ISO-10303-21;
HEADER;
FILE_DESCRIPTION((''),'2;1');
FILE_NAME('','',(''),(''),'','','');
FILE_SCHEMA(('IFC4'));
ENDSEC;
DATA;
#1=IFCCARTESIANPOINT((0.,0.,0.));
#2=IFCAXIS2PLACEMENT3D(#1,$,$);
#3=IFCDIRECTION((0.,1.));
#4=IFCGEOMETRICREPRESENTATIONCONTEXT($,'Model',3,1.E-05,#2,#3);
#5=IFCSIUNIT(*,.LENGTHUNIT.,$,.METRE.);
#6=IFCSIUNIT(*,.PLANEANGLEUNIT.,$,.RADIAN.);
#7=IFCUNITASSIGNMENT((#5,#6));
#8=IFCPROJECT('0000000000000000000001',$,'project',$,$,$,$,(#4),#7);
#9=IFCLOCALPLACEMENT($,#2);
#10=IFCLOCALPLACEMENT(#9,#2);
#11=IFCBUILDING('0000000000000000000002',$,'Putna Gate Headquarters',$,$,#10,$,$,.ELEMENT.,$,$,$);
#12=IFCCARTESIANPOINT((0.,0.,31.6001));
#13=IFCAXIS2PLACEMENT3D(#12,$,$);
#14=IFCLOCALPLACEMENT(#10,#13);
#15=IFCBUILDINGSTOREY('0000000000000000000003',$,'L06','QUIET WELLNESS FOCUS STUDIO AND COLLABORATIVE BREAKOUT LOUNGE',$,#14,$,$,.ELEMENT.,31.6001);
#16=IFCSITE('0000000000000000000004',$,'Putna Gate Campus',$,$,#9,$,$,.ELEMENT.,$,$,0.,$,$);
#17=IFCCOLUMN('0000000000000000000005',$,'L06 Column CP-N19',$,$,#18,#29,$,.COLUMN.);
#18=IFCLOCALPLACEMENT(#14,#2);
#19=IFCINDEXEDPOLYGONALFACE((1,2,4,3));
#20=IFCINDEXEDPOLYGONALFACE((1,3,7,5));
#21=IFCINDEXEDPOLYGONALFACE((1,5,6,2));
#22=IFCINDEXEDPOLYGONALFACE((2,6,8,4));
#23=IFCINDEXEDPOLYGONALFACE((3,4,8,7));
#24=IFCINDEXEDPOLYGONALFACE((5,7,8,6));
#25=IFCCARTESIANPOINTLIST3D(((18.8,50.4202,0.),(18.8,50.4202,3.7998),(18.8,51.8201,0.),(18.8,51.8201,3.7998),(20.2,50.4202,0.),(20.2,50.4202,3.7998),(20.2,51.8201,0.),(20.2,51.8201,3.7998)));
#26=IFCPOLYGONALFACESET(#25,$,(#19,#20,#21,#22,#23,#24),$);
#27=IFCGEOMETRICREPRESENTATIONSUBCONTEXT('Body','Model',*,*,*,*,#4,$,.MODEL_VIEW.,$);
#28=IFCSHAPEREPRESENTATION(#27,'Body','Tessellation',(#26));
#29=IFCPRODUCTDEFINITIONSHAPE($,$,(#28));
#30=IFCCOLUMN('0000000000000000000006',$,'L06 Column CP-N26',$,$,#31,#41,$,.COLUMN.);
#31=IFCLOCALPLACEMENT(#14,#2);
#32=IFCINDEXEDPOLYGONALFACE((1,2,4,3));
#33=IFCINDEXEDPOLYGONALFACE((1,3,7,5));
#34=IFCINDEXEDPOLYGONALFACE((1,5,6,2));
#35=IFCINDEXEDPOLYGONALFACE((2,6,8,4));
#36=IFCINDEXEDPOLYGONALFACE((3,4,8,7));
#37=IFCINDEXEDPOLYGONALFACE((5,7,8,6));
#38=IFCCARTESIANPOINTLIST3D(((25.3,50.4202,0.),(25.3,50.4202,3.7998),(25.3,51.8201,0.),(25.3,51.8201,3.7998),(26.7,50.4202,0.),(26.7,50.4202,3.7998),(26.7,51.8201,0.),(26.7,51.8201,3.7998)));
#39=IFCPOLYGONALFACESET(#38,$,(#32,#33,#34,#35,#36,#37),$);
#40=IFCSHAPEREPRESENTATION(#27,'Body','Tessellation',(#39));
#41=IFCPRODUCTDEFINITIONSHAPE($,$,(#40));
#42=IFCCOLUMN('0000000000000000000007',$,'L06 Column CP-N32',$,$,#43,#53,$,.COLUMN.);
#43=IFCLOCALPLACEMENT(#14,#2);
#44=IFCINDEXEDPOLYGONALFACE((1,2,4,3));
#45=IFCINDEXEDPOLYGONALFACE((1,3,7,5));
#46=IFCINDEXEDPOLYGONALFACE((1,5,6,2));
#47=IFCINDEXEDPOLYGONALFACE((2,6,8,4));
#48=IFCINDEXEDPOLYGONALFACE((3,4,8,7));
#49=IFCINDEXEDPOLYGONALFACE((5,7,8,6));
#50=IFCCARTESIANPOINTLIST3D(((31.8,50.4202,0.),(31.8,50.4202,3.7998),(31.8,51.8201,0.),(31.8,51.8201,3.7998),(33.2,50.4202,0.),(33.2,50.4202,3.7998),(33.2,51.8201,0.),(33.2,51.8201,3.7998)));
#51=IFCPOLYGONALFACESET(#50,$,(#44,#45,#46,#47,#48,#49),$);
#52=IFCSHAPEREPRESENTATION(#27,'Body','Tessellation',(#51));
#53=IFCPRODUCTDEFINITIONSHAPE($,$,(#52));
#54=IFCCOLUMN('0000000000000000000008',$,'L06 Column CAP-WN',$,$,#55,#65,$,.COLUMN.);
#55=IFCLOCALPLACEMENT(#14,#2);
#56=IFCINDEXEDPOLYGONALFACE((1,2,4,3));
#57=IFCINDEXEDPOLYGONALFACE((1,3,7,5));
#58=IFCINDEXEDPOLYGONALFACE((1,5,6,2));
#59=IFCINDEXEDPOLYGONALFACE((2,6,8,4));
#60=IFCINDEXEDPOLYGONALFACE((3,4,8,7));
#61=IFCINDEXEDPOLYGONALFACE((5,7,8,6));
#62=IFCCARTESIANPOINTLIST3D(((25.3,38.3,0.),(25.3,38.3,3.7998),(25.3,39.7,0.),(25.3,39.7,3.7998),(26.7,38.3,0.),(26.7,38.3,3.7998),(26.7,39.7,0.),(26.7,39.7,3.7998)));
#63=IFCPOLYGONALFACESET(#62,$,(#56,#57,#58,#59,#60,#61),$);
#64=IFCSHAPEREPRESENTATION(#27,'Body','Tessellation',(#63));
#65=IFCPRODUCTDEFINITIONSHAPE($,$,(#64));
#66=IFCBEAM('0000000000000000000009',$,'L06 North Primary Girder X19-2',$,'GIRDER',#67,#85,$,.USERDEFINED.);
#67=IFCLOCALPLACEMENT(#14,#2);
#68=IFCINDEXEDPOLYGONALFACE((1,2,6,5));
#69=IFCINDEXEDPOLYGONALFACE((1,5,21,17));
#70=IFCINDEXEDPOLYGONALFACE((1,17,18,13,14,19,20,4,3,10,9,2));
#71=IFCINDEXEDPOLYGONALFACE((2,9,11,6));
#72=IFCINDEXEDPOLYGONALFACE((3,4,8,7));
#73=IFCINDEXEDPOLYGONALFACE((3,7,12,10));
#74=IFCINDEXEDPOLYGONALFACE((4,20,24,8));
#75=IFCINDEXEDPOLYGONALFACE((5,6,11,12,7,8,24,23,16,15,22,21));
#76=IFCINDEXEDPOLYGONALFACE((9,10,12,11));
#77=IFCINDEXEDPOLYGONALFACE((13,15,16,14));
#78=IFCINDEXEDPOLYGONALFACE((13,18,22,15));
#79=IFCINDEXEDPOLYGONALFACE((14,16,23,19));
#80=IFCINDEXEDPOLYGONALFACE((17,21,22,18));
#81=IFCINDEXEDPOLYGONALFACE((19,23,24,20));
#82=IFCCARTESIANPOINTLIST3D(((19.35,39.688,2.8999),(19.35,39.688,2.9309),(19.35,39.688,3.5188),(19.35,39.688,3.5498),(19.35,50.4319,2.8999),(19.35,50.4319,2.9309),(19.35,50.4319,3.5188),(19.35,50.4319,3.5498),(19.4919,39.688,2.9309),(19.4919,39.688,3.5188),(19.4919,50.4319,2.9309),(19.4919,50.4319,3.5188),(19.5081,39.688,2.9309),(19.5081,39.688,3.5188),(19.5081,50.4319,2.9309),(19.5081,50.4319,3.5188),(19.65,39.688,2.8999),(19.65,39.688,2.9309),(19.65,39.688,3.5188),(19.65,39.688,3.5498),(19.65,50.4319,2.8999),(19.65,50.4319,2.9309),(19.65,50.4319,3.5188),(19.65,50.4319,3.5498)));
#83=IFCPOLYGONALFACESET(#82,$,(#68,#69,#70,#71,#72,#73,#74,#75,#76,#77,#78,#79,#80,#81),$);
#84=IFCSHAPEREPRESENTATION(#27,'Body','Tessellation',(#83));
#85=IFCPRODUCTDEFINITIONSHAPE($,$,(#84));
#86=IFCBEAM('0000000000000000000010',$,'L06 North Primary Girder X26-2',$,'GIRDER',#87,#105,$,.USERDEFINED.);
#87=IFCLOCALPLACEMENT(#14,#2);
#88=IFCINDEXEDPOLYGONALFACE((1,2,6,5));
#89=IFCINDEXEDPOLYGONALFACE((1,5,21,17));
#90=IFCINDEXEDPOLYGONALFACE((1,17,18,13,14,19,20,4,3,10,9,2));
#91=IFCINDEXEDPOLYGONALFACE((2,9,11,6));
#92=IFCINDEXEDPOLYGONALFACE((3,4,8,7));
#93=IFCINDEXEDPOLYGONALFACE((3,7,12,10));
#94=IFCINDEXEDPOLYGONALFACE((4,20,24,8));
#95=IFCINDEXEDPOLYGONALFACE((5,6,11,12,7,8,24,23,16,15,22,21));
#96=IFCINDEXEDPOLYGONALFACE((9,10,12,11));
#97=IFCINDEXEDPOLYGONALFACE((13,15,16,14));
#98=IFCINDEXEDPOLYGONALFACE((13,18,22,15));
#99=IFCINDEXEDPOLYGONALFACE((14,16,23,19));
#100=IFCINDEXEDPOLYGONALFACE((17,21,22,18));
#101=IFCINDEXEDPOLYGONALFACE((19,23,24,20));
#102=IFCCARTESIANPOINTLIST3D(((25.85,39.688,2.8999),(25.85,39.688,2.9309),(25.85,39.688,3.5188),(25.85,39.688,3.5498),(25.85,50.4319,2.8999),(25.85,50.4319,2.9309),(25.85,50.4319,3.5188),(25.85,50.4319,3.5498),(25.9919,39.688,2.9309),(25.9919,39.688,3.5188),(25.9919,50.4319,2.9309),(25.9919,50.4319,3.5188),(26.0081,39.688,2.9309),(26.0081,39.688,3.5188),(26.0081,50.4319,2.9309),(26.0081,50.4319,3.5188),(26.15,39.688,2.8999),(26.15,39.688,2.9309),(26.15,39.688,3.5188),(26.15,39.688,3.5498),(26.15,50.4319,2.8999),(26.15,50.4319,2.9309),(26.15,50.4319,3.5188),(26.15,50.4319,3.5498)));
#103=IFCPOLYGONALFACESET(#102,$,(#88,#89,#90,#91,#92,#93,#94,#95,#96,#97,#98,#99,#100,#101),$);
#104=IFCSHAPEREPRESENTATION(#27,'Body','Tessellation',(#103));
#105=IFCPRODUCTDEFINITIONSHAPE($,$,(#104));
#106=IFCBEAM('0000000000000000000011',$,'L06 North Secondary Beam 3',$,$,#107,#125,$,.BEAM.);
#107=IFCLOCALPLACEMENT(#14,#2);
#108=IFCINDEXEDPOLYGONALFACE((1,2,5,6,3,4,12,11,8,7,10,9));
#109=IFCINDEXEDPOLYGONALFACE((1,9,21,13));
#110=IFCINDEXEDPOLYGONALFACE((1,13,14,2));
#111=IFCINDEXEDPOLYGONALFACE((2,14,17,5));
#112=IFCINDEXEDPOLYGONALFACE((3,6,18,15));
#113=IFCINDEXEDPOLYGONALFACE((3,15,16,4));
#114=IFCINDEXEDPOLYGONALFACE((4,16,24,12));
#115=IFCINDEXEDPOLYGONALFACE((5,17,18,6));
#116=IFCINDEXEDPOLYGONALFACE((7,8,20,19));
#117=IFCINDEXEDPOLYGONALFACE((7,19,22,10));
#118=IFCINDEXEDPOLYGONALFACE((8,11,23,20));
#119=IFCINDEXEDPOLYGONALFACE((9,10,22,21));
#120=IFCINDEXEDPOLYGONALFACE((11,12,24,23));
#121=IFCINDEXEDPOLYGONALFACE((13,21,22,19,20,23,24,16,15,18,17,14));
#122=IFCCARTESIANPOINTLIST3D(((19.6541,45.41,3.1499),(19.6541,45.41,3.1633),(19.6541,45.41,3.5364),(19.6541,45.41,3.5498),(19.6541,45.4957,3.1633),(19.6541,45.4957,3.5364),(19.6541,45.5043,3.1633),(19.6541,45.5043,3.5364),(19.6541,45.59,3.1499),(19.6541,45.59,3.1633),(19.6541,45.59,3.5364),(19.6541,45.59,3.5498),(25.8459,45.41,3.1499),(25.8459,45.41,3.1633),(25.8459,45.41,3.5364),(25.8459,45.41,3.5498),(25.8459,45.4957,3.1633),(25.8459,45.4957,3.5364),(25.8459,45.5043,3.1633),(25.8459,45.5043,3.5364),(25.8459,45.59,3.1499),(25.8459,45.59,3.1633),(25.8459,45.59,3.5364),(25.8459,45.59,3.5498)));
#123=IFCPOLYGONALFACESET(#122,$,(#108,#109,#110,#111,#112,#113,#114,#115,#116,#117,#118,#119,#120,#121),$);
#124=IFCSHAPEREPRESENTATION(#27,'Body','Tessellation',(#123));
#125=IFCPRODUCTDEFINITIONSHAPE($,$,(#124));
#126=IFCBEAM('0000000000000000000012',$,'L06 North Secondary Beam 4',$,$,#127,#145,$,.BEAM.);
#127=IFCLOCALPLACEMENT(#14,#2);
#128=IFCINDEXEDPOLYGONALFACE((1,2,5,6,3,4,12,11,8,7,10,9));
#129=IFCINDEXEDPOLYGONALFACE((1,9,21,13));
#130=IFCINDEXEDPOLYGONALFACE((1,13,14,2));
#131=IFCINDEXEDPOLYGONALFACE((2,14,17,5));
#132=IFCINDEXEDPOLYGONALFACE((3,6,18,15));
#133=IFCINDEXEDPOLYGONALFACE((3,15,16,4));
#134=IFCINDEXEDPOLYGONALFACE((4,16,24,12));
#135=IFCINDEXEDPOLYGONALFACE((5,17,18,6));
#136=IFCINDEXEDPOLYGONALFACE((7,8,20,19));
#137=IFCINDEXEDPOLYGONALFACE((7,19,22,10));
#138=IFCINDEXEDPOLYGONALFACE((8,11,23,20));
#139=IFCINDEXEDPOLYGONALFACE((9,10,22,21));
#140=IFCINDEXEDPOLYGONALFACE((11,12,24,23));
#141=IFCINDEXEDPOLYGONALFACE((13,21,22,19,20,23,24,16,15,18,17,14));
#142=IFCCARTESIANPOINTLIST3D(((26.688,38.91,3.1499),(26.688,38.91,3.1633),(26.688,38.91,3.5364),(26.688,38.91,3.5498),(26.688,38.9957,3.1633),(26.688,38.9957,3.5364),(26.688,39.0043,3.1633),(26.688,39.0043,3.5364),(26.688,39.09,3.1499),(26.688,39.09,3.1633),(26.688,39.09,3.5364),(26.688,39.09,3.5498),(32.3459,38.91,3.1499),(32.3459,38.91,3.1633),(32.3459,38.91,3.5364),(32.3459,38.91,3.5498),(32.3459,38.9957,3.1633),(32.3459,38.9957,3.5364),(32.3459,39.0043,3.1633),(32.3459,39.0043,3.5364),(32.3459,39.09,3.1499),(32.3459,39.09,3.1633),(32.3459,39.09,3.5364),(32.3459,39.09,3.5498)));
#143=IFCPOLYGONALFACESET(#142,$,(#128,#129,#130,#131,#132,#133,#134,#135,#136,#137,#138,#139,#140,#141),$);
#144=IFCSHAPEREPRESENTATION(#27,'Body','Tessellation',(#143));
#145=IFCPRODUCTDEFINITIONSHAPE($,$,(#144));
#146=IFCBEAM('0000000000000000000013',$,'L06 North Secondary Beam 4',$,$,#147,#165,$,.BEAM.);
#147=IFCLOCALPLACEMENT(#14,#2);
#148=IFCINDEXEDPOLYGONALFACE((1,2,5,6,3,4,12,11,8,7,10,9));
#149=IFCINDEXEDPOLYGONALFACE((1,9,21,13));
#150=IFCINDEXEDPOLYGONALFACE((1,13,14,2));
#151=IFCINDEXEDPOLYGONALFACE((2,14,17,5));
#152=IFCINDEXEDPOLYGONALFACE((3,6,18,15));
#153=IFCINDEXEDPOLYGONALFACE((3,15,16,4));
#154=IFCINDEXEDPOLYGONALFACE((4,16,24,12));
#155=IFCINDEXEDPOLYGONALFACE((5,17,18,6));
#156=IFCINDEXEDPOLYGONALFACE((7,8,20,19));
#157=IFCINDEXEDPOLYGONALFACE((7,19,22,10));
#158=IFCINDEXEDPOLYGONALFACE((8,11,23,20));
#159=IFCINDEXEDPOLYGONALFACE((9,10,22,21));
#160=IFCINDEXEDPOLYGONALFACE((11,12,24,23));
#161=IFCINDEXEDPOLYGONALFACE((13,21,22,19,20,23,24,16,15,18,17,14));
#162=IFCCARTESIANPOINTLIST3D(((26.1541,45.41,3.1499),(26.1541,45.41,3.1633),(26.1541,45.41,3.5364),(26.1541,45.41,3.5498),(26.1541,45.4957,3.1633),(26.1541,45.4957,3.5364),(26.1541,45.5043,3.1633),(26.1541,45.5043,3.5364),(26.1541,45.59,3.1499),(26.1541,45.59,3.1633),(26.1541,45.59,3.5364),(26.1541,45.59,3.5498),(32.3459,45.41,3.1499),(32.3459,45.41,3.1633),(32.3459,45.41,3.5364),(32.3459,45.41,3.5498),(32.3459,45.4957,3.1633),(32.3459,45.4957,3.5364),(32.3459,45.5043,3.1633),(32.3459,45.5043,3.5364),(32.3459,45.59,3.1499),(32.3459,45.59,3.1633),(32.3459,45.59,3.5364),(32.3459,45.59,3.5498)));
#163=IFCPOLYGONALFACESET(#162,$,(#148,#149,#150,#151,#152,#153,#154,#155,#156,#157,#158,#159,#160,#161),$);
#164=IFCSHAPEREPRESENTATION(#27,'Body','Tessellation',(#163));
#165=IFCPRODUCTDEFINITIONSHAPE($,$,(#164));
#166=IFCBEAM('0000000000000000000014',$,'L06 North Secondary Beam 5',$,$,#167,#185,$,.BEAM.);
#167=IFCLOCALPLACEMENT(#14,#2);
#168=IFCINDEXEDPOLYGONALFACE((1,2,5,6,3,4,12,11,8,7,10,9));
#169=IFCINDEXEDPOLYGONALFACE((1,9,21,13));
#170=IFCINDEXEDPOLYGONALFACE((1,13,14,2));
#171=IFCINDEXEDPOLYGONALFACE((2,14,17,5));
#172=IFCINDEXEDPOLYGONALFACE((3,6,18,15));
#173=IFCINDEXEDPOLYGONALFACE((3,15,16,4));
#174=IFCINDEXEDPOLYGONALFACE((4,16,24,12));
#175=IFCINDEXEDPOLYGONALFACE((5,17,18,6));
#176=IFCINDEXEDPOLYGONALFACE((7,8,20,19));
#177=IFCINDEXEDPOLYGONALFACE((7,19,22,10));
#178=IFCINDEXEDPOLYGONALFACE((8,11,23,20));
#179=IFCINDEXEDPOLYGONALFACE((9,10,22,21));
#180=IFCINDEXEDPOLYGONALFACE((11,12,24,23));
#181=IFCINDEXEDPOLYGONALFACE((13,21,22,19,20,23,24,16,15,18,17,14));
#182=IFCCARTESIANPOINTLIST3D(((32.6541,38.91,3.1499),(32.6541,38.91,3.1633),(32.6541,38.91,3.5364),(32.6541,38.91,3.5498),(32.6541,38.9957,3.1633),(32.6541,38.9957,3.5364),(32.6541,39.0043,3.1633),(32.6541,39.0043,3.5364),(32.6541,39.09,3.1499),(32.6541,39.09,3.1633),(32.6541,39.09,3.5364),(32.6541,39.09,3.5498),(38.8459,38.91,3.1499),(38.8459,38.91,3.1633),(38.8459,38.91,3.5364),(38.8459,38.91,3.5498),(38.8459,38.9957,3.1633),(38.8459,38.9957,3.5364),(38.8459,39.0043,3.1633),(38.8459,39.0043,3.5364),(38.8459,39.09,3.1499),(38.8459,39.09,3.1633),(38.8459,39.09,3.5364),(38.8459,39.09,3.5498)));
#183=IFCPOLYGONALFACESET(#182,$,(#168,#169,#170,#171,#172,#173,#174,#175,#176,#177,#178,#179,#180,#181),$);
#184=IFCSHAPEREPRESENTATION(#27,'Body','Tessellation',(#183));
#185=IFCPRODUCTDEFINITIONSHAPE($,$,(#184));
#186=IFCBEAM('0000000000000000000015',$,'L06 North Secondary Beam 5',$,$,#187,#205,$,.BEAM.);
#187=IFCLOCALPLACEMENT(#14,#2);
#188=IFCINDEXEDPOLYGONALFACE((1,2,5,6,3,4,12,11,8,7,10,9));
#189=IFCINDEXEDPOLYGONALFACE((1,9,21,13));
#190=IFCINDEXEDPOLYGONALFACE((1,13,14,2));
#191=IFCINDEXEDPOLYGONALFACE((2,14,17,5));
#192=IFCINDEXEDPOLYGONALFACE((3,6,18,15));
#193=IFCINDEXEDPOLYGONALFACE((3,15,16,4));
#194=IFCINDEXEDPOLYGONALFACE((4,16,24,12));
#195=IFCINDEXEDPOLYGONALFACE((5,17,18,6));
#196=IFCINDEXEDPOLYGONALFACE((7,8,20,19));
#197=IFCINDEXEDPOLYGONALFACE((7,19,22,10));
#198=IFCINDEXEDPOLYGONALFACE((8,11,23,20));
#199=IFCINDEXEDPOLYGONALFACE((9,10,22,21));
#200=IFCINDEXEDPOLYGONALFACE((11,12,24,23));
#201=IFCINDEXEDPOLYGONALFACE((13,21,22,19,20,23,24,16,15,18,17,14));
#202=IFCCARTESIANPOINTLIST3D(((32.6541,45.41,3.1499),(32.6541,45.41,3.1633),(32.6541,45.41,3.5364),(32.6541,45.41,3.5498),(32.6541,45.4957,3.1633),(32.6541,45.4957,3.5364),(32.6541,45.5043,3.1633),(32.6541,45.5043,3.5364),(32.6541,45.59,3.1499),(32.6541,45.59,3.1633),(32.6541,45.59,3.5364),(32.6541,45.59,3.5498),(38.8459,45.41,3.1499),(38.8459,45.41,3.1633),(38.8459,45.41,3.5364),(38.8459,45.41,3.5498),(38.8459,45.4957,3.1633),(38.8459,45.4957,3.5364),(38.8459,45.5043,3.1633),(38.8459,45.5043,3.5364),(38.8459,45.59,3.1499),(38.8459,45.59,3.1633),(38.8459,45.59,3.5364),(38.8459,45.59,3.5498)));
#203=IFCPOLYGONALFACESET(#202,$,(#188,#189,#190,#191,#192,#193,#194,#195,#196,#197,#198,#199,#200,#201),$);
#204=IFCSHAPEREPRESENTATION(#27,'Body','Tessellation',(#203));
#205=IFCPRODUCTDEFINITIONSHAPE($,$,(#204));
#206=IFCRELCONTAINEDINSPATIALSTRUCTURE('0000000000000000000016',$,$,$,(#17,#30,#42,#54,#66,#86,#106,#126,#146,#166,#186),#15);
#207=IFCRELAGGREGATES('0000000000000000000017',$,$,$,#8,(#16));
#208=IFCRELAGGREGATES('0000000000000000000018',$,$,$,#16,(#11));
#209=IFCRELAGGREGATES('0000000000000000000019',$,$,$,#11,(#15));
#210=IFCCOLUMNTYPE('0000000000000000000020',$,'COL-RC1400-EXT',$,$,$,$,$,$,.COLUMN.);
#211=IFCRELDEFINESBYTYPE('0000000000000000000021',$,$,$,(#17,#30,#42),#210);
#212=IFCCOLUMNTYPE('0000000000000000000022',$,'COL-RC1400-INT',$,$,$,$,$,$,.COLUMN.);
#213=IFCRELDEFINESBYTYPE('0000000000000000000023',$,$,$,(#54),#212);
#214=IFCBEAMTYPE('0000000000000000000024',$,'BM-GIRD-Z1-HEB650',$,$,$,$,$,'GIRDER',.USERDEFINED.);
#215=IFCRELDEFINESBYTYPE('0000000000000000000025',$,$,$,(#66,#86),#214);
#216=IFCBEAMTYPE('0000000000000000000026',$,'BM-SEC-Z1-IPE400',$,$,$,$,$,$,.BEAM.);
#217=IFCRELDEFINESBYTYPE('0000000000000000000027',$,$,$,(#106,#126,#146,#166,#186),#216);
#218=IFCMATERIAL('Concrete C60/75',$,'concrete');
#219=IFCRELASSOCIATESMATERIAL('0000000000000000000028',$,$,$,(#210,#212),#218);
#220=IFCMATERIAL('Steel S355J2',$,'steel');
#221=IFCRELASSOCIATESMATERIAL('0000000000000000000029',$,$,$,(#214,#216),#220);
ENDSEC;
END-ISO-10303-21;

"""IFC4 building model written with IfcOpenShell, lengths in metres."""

from ifc_helpers import new_model, si_unit, direction, frame, origin, origin_2d, place, context, subcontext, project, spatial, rectangle, i_section, extrude, material, material_profile, profile_set, type_object, element, save


model = new_model("IFC4")

# Units and contexts
model_context = context("Model", 3, precision=1e-05, world=origin(), true_north=direction((0.0, 1.0)))
body_context = subcontext(model_context, "Body", "Model", "MODEL_VIEW")
ifc_project = project(units=[si_unit("LENGTHUNIT", "METRE"), si_unit("PLANEANGLEUNIT", "RADIAN")], contexts=[model_context])

# Site, building, storey
site_placement = place(None, origin())
site = spatial("IfcSite", under=ifc_project, at=site_placement, Name="Putna Gate Campus", CompositionType="ELEMENT", RefElevation=0.0)
building_placement = place(site_placement, origin())
building = spatial("IfcBuilding", under=site, at=building_placement, Name="Putna Gate Headquarters", CompositionType="ELEMENT")
storey_placement = place(building_placement, frame((0.0, 0.0, 31.6001)))
storey = spatial("IfcBuildingStorey", under=building, at=storey_placement, Name="L06", Description="QUIET WELLNESS FOCUS STUDIO AND COLLABORATIVE BREAKOUT LOUNGE", CompositionType="ELEMENT", Elevation=31.6001)

# Columns
ifc_material_1 = material(Name="Concrete C60/75", Category="concrete")
ifc_material_profile_1 = material_profile(ifc_material_1, rectangle(XDim=1.3999, YDim=1.3999, at=origin_2d()), Name="Concrete C60/75")
ifc_profile_set_1 = profile_set([ifc_material_profile_1], Name="Concrete C60/75")
column_type_1 = type_object("IfcColumnType", Name="COL-RC1400-EXT", PredefinedType="COLUMN", material=ifc_profile_set_1)
for number, where, z_axis, x_axis, name in (
    (1, (19.5, 51.1201, 0.0), (0.0, 0.0, 1.0), (1.0, 0.0, 0.0), "L06 Column CP-N19"),
    (2, (26.0, 51.1201, 0.0), (0.0, 0.0, 1.0), (1.0, 0.0, 0.0), "L06 Column CP-N26"),
    (3, (32.5, 51.1201, 0.0), (0.0, 0.0, 1.0), (1.0, 0.0, 0.0), "L06 Column CP-N32"),
):
    element("IfcColumn", number, at=place(storey_placement, frame(where, z_axis=z_axis, x_axis=x_axis)), inside=storey, type_object=column_type_1, Name=name, PredefinedType="COLUMN", context=body_context, shape_type="SweptSolid", body=[
        extrude(rectangle(XDim=1.3999, YDim=1.3999, at=origin_2d()), origin(), (0.0, 0.0, 1.0), 3.7998),
    ])
ifc_material_profile_2 = material_profile(ifc_material_1, rectangle(XDim=1.3999, YDim=1.3999, at=origin_2d()), Name="Concrete C60/75")
ifc_profile_set_2 = profile_set([ifc_material_profile_2], Name="Concrete C60/75")
column_type_2 = type_object("IfcColumnType", Name="COL-RC1400-INT", PredefinedType="COLUMN", material=ifc_profile_set_2)
column_placement = place(storey_placement, frame((26.0, 39.0, 0.0), z_axis=(0.0, 0.0, 1.0), x_axis=(1.0, 0.0, 0.0)))
element("IfcColumn", 4, at=column_placement, inside=storey, type_object=column_type_2, Name="L06 Column CAP-WN", PredefinedType="COLUMN", context=body_context, shape_type="SweptSolid", body=[
    extrude(rectangle(XDim=1.3999, YDim=1.3999, at=origin_2d()), origin(), (0.0, 0.0, 1.0), 3.7998),
])

# Beams
ifc_material_2 = material(Name="Steel S355J2", Category="steel")
ifc_material_profile_3 = material_profile(ifc_material_2, i_section(OverallWidth=0.3, OverallDepth=0.6499, WebThickness=0.0161, FlangeThickness=0.031, at=origin_2d()), Name="Steel S355J2")
ifc_profile_set_3 = profile_set([ifc_material_profile_3], Name="Steel S355J2")
beam_type_1 = type_object("IfcBeamType", Name="BM-GIRD-Z1-HEB650", ElementType="GIRDER", PredefinedType="USERDEFINED", material=ifc_profile_set_3)
for number, where, z_axis, x_axis, name in (
    (5, (19.5, 39.688, 3.2249), (0.0, 1.0, 0.0), (-1.0, 0.0, 0.0), "L06 North Primary Girder X19-2"),
    (6, (26.0, 39.688, 3.2249), (0.0, 1.0, 0.0), (-1.0, 0.0, 0.0), "L06 North Primary Girder X26-2"),
):
    element("IfcBeam", number, at=place(storey_placement, frame(where, z_axis=z_axis, x_axis=x_axis)), inside=storey, type_object=beam_type_1, Name=name, ObjectType="GIRDER", PredefinedType="USERDEFINED", context=body_context, shape_type="SweptSolid", body=[
        extrude(i_section(OverallWidth=0.3, OverallDepth=0.6499, WebThickness=0.0161, FlangeThickness=0.031, at=origin_2d()), origin(), (0.0, 0.0, 1.0), 10.7439),
    ])
ifc_material_profile_4 = material_profile(ifc_material_2, i_section(OverallWidth=0.1799, OverallDepth=0.3999, WebThickness=0.0085, FlangeThickness=0.0134, at=origin_2d()), Name="Steel S355J2")
ifc_profile_set_4 = profile_set([ifc_material_profile_4], Name="Steel S355J2")
beam_type_2 = type_object("IfcBeamType", Name="BM-SEC-Z1-IPE400", PredefinedType="BEAM", material=ifc_profile_set_4)
beam_1_placement = place(storey_placement, frame((19.6541, 45.5, 3.3499), z_axis=(1.0, 0.0, 0.0), x_axis=(0.0, 1.0, 0.0)))
element("IfcBeam", 7, at=beam_1_placement, inside=storey, type_object=beam_type_2, Name="L06 North Secondary Beam 3", PredefinedType="BEAM", context=body_context, shape_type="SweptSolid", body=[
    extrude(i_section(OverallWidth=0.1799, OverallDepth=0.3999, WebThickness=0.0085, FlangeThickness=0.0134, at=origin_2d()), origin(), (0.0, 0.0, 1.0), 6.1919),
])
beam_2_placement = place(storey_placement, frame((26.688, 39.0, 3.3499), z_axis=(1.0, 0.0, 0.0), x_axis=(0.0, 1.0, 0.0)))
element("IfcBeam", 8, at=beam_2_placement, inside=storey, type_object=beam_type_2, Name="L06 North Secondary Beam 4", PredefinedType="BEAM", context=body_context, shape_type="SweptSolid", body=[
    extrude(i_section(OverallWidth=0.1799, OverallDepth=0.3999, WebThickness=0.0085, FlangeThickness=0.0134, at=origin_2d()), origin(), (0.0, 0.0, 1.0), 5.658),
])
for number, where, z_axis, x_axis, name in (
    (9, (26.1541, 45.5, 3.3499), (1.0, 0.0, 0.0), (0.0, 1.0, 0.0), "L06 North Secondary Beam 4"),
    (10, (32.6541, 39.0, 3.3499), (1.0, 0.0, 0.0), (0.0, 1.0, 0.0), "L06 North Secondary Beam 5"),
    (11, (32.6541, 45.5, 3.3499), (1.0, 0.0, 0.0), (0.0, 1.0, 0.0), "L06 North Secondary Beam 5"),
):
    element("IfcBeam", number, at=place(storey_placement, frame(where, z_axis=z_axis, x_axis=x_axis)), inside=storey, type_object=beam_type_2, Name=name, PredefinedType="BEAM", context=body_context, shape_type="SweptSolid", body=[
        extrude(i_section(OverallWidth=0.1799, OverallDepth=0.3999, WebThickness=0.0085, FlangeThickness=0.0134, at=origin_2d()), origin(), (0.0, 0.0, 1.0), 6.1919),
    ])

save(model, "model.ifc")
